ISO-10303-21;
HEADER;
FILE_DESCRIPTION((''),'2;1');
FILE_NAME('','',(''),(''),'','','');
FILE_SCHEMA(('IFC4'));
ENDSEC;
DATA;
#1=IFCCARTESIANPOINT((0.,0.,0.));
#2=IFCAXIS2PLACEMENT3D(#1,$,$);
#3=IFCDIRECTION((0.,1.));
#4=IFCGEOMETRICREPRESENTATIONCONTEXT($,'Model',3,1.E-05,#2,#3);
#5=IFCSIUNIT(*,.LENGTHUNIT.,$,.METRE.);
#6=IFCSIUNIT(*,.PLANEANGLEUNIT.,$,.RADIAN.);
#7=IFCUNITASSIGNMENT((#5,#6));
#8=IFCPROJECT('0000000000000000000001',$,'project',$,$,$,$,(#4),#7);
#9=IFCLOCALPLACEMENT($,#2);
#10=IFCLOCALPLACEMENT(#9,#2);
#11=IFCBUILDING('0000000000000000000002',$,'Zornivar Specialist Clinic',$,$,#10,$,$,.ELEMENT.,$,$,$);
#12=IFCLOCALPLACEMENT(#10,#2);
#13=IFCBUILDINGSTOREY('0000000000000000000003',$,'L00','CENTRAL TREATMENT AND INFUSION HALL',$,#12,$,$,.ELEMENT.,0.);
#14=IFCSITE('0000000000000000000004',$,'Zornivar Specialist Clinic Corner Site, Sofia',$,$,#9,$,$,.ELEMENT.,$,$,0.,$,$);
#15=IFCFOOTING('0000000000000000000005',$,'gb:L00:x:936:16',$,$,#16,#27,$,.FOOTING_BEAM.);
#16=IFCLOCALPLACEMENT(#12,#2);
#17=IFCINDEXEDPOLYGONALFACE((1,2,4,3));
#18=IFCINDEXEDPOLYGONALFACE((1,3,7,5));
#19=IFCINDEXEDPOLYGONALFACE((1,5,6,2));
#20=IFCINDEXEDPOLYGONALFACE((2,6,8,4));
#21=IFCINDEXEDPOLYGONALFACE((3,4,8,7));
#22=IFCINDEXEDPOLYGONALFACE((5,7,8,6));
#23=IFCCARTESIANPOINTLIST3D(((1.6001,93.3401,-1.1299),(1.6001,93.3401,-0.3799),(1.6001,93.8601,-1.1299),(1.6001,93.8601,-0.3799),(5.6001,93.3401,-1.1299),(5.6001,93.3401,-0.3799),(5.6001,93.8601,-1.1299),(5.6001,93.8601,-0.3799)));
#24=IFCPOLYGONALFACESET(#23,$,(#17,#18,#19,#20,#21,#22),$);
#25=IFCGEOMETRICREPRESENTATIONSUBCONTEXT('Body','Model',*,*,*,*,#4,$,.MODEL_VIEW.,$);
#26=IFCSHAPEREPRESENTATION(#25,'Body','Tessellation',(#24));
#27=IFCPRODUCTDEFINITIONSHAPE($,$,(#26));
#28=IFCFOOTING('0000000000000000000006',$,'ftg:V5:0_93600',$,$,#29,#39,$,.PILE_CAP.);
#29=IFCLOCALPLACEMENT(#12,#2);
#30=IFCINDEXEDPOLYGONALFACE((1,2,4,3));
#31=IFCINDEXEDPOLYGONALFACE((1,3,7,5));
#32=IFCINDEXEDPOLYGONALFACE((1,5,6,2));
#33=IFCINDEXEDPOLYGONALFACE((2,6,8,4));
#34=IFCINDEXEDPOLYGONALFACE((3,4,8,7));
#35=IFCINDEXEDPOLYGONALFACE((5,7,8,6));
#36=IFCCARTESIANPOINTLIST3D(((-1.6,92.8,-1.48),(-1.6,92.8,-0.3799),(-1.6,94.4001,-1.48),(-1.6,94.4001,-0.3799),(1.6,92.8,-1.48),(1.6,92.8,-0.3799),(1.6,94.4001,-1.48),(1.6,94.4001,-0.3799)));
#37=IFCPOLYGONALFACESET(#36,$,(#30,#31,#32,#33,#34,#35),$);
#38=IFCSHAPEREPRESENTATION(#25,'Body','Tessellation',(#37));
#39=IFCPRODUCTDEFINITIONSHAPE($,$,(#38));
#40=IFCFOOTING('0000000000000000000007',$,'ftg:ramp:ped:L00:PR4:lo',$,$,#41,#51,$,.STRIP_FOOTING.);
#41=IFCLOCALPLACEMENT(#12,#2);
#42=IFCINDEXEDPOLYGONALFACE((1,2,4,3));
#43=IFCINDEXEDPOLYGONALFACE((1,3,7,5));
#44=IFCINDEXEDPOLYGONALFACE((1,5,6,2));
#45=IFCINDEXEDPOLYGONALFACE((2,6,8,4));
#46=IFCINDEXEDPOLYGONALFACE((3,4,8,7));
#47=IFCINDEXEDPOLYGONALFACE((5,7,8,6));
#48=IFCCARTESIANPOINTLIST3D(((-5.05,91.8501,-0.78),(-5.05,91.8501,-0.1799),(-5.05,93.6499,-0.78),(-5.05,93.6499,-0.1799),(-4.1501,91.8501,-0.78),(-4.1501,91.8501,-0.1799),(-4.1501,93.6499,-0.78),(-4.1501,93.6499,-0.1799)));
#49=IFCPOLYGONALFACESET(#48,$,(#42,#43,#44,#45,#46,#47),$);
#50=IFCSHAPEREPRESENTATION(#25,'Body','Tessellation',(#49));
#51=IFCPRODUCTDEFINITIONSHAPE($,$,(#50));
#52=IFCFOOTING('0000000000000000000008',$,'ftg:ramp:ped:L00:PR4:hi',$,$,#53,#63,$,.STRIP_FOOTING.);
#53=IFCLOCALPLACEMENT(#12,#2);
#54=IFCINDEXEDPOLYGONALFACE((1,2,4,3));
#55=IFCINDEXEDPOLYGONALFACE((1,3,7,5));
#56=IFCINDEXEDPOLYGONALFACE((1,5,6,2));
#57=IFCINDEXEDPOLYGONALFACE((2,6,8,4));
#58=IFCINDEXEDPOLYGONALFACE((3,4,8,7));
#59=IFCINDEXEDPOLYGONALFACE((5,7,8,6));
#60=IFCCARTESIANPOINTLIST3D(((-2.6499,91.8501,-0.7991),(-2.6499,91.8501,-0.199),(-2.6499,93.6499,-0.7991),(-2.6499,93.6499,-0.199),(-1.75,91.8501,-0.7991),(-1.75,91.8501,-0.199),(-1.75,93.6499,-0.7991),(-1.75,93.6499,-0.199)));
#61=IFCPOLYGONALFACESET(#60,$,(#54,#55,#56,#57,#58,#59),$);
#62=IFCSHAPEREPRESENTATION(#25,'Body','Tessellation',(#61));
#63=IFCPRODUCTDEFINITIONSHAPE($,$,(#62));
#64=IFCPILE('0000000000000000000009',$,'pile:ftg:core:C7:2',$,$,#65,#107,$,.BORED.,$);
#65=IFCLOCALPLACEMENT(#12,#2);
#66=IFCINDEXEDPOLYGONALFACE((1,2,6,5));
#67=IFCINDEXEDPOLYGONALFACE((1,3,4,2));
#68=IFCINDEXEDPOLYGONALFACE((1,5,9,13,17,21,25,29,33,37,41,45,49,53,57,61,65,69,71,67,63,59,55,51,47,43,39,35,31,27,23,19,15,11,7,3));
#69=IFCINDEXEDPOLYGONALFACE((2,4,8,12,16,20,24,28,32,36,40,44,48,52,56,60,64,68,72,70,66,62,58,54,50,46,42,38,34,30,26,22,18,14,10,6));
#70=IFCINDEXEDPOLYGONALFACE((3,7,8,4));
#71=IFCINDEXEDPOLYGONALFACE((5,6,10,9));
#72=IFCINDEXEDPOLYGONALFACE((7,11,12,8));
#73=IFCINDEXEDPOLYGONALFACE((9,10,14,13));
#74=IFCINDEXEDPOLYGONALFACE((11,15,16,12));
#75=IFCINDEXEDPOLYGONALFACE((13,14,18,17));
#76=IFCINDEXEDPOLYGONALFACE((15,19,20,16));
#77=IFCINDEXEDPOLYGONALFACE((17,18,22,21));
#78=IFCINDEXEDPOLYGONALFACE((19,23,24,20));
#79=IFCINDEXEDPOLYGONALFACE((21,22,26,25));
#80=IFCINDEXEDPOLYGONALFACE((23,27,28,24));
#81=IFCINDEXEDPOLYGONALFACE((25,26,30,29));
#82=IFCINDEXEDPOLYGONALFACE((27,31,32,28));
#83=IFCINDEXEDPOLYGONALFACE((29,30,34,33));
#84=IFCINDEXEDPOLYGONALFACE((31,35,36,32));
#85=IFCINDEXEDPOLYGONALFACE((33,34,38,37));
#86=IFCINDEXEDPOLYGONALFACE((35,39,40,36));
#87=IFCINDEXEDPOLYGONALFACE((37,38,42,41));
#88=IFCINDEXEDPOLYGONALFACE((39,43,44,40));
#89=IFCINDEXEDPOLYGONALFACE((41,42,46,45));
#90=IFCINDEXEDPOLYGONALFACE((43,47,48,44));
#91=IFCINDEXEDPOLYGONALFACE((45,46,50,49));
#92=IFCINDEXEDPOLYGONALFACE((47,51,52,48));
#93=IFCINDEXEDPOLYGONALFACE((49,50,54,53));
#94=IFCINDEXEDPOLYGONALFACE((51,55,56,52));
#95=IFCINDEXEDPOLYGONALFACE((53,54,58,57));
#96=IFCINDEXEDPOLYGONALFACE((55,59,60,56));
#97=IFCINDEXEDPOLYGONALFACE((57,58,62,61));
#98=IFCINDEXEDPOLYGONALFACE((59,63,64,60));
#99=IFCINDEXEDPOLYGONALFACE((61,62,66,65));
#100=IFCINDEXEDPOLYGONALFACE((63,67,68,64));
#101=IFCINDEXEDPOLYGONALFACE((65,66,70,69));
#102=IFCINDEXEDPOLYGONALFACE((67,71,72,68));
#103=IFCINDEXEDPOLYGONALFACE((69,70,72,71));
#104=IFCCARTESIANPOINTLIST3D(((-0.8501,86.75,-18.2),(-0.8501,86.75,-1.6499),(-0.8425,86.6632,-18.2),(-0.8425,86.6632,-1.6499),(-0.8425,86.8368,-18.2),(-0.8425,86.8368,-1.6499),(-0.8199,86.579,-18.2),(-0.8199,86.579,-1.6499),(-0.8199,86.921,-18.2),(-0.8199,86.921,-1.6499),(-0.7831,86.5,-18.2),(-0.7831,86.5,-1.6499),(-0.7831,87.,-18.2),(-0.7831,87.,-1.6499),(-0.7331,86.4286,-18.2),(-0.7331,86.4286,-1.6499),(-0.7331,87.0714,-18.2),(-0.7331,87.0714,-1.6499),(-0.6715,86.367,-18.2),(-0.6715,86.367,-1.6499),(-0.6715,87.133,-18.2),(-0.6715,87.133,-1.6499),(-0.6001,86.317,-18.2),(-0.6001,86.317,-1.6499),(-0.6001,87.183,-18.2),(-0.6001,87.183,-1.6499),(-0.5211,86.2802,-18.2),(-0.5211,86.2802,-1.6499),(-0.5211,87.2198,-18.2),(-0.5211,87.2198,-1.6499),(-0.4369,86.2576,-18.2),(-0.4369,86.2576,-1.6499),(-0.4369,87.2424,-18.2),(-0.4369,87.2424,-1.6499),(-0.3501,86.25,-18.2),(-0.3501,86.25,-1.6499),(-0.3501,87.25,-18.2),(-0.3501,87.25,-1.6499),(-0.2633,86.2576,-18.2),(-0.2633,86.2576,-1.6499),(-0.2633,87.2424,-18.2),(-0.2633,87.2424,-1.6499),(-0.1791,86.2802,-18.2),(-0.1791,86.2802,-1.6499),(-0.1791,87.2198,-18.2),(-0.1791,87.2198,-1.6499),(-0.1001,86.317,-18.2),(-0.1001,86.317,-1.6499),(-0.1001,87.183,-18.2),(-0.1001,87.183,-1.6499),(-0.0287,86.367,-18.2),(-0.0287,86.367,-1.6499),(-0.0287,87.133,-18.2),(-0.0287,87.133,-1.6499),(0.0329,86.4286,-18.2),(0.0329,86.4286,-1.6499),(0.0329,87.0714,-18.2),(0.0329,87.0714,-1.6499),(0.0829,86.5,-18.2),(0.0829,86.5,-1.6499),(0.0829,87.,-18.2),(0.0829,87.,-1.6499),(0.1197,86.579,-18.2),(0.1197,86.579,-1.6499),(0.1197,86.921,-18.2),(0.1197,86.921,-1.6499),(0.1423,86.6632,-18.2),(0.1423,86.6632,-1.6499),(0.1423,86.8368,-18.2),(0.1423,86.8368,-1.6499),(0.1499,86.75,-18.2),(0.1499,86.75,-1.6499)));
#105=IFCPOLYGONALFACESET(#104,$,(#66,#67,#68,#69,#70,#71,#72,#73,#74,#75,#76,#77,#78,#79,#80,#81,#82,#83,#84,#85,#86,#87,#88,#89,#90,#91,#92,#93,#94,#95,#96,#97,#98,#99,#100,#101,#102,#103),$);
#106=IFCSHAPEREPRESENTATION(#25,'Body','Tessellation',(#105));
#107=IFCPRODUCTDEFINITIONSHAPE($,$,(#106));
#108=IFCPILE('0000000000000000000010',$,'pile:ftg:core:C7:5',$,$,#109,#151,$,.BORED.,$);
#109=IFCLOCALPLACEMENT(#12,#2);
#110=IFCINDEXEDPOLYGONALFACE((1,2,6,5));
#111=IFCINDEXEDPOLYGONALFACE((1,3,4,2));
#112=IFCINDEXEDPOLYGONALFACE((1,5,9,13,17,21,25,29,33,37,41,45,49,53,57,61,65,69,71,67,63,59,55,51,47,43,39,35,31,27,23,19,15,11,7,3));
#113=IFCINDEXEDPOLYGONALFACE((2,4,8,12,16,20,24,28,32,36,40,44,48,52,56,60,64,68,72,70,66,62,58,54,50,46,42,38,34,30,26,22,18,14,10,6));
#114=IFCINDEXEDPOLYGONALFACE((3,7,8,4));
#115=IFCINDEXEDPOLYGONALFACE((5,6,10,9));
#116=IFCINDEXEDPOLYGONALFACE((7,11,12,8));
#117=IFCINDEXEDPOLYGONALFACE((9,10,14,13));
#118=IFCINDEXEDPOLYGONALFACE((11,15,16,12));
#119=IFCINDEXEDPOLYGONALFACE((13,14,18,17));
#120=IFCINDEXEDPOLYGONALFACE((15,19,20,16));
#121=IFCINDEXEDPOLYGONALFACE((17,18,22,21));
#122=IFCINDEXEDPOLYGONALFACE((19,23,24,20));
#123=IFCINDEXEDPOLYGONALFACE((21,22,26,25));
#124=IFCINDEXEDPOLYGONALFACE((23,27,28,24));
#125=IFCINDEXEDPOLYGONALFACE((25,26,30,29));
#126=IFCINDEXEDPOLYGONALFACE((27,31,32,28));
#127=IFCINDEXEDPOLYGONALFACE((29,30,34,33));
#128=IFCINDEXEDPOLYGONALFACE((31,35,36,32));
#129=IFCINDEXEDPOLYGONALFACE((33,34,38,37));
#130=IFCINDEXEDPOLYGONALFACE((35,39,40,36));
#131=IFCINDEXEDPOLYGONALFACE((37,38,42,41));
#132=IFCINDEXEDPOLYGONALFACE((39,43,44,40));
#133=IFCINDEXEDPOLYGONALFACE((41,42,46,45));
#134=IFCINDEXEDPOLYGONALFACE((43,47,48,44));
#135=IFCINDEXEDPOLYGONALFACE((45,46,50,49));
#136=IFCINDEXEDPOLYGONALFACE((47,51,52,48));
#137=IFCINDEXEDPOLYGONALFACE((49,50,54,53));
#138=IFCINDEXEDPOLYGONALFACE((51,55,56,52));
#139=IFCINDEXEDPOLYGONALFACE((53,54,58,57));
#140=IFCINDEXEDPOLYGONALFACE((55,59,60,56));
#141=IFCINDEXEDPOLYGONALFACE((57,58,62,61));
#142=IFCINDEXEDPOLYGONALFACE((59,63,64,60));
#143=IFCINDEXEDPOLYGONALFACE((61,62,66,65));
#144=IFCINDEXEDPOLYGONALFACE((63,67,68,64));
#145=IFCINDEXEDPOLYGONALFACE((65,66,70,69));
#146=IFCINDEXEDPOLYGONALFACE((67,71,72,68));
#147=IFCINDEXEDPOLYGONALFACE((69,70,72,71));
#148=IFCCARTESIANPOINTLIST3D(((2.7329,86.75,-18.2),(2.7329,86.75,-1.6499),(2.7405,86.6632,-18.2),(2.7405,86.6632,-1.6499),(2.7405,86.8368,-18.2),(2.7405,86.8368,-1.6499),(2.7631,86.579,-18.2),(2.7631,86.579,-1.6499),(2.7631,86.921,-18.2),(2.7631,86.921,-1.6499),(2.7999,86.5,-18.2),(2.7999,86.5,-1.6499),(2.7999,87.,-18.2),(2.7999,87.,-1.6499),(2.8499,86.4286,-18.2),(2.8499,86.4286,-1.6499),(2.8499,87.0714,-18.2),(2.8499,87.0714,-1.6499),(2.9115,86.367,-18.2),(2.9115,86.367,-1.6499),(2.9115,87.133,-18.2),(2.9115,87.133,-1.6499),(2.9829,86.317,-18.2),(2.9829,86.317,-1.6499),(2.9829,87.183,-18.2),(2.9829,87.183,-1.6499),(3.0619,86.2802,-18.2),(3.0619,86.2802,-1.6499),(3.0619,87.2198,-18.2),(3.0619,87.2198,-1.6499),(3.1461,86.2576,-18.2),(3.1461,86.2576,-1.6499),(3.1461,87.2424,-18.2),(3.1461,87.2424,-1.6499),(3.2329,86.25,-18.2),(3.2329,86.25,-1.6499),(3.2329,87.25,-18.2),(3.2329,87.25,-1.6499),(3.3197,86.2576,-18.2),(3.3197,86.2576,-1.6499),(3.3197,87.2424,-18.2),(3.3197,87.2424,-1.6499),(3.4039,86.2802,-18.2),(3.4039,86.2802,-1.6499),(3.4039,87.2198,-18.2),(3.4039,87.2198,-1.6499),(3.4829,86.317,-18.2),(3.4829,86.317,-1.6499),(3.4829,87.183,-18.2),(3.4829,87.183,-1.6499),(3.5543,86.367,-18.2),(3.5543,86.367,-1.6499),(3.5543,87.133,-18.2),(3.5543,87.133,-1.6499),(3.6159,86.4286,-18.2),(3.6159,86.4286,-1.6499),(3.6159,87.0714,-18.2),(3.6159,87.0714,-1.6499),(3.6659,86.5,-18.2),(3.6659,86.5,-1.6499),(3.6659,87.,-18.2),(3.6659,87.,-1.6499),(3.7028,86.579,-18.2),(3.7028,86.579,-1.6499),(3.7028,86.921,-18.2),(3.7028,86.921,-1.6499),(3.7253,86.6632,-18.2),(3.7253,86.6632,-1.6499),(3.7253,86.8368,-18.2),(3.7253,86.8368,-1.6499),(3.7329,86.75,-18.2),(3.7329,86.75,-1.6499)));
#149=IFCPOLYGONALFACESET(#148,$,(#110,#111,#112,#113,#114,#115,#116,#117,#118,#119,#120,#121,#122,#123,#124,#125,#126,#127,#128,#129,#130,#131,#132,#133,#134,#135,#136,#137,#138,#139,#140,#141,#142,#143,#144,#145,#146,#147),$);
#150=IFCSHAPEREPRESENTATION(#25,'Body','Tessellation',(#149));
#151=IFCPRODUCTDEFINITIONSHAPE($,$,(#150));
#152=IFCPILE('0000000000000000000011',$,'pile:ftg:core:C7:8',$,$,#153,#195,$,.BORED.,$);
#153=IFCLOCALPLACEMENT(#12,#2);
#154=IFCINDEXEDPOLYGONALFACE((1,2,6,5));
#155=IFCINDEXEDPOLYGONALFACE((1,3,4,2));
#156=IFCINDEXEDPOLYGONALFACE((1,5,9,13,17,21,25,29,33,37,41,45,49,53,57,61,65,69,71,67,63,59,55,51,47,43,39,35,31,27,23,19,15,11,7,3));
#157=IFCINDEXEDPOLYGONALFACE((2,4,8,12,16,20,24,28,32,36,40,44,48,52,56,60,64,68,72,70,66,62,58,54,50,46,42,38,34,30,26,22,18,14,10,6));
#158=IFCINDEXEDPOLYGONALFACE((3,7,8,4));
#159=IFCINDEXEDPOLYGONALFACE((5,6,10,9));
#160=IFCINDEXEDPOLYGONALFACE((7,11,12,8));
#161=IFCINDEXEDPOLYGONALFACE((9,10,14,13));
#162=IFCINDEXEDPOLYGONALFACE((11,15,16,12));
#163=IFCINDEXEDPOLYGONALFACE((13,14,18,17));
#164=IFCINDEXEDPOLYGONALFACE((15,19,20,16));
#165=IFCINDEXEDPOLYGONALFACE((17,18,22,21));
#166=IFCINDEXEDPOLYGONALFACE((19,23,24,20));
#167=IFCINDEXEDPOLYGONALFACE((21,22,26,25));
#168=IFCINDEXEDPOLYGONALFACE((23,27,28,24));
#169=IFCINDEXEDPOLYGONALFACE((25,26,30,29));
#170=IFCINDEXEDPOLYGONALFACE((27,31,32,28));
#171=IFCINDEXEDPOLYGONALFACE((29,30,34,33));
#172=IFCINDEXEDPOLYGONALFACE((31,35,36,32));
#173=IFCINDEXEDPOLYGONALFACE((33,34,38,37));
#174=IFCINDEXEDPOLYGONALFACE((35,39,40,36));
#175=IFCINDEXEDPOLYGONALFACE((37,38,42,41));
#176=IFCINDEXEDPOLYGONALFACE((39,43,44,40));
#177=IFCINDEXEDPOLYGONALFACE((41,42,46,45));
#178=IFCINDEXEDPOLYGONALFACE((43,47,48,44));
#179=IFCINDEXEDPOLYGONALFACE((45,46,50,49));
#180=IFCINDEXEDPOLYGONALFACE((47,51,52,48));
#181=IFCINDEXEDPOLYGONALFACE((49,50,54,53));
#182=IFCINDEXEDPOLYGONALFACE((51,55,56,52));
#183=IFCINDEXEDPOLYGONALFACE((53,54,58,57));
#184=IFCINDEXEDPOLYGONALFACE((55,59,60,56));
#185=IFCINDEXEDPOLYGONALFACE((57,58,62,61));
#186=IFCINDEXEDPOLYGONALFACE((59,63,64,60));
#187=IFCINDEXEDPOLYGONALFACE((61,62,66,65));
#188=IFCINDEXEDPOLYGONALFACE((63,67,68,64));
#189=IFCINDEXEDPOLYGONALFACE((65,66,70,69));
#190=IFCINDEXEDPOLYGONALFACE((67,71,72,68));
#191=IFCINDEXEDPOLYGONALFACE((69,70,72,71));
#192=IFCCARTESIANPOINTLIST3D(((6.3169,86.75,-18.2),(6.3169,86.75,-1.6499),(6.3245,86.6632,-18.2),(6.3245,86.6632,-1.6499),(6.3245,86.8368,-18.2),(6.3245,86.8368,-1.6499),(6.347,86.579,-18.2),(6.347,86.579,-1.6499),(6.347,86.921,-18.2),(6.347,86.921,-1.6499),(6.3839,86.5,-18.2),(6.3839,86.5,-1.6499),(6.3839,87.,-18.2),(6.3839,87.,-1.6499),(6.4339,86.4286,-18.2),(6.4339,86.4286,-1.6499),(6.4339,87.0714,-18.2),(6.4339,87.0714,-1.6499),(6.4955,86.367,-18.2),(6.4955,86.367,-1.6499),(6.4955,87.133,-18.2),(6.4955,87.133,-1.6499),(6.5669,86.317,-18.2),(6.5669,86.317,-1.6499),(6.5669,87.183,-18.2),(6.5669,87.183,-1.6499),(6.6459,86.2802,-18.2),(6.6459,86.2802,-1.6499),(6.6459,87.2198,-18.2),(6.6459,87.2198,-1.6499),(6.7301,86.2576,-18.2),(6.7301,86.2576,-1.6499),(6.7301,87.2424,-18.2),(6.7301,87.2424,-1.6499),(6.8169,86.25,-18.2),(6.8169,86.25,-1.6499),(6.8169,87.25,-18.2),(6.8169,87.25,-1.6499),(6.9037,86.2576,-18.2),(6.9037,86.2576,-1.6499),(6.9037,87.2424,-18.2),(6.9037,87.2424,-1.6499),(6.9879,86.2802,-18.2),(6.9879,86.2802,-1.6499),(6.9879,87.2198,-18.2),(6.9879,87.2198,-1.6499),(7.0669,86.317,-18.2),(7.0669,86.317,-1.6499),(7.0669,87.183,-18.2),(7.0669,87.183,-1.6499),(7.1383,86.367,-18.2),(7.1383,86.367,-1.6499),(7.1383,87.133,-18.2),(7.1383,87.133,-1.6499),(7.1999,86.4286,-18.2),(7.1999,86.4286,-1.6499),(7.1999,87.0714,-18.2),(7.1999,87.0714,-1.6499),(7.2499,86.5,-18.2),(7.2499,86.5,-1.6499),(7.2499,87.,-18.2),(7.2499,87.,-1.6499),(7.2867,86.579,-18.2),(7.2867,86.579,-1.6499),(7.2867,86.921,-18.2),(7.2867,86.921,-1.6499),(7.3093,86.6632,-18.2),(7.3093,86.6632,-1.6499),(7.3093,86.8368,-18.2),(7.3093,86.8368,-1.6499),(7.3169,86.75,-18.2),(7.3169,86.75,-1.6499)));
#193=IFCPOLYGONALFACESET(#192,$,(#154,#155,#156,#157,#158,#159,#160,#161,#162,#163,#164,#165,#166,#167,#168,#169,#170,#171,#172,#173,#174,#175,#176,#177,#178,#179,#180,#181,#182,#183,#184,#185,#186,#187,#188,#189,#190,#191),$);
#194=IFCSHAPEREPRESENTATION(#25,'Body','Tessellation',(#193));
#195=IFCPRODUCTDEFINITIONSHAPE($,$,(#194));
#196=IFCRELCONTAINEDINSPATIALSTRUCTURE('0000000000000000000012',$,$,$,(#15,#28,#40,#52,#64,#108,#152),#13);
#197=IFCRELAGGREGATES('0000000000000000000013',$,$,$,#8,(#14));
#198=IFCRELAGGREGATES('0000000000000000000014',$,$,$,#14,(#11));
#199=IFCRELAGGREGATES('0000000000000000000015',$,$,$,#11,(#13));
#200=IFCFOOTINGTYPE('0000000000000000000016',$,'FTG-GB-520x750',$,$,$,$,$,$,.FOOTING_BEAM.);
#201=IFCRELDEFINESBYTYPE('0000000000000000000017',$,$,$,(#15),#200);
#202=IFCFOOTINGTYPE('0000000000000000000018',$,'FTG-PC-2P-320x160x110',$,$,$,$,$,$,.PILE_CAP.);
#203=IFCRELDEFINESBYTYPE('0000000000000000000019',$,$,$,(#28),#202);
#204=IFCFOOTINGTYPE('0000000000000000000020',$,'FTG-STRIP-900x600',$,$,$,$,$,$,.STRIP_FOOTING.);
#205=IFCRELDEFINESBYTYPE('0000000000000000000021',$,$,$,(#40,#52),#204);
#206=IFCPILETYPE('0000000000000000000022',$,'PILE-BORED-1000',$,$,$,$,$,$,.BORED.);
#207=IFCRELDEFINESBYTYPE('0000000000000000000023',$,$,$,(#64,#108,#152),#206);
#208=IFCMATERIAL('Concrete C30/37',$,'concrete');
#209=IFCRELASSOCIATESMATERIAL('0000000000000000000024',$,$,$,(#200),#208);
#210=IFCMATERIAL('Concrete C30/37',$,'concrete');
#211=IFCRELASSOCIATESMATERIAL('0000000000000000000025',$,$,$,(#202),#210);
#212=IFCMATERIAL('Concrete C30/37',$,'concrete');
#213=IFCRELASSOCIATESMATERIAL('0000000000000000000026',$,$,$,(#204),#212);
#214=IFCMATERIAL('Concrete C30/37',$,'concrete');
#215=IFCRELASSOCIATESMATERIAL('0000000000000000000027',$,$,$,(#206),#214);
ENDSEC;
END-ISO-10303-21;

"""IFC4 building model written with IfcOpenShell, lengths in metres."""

from ifc_helpers import new_model, si_unit, direction, frame, origin, origin_2d, place, context, subcontext, project, spatial, rectangle, circle, extrude, material, material_profile, profile_set, type_object, element, save


model = new_model("IFC4")

# Units and contexts
model_context = context("Model", 3, precision=1e-05, world=origin(), true_north=direction((0.0, 1.0)))
body_context = subcontext(model_context, "Body", "Model", "MODEL_VIEW")
ifc_project = project(units=[si_unit("LENGTHUNIT", "METRE"), si_unit("PLANEANGLEUNIT", "RADIAN")], contexts=[model_context])

# Site, building, storey
site_placement = place(None, origin())
site = spatial("IfcSite", under=ifc_project, at=site_placement, Name="Zornivar Specialist Clinic Corner Site, Sofia", CompositionType="ELEMENT", RefElevation=0.0)
building_placement = place(site_placement, origin())
building = spatial("IfcBuilding", under=site, at=building_placement, Name="Zornivar Specialist Clinic", CompositionType="ELEMENT")
storey_placement = place(building_placement, origin())
storey = spatial("IfcBuildingStorey", under=building, at=storey_placement, Name="L00", Description="CENTRAL TREATMENT AND INFUSION HALL", CompositionType="ELEMENT", Elevation=0.0)

# Footings
ifc_material_1 = material(Name="Concrete C30/37", Category="concrete")
ifc_material_profile_1 = material_profile(ifc_material_1, rectangle(XDim=0.52, YDim=0.75, at=origin_2d()), Name="RC 520x750")
ifc_profile_set_1 = profile_set([ifc_material_profile_1], Name="Concrete C30/37")
footing_type_1 = type_object("IfcFootingType", Name="FTG-GB-520x750", PredefinedType="FOOTING_BEAM", material=ifc_profile_set_1)
footing_1_placement = place(storey_placement, frame((1.6001, 93.6001, -0.7549), z_axis=(1.0, 0.0, 0.0), x_axis=(0.0, 1.0, 0.0)))
element("IfcFooting", 1, at=footing_1_placement, inside=storey, type_object=footing_type_1, Name="gb:L00:x:936:16", PredefinedType="FOOTING_BEAM", context=body_context, shape_type="SweptSolid", body=[
    extrude(rectangle(XDim=0.52, YDim=0.75, at=origin_2d()), origin(), (0.0, 0.0, 1.0), 4.0),
])
ifc_material_2 = material(Name="Concrete C30/37", Category="concrete")
footing_type_2 = type_object("IfcFootingType", Name="FTG-PC-2P-320x160x110", PredefinedType="PILE_CAP", material=ifc_material_2)
footing_2_placement = place(storey_placement, frame((0.0, 93.6001, -1.48), z_axis=(0.0, 0.0, 1.0), x_axis=(1.0, 0.0, 0.0)))
element("IfcFooting", 2, at=footing_2_placement, inside=storey, type_object=footing_type_2, Name="ftg:V5:0_93600", PredefinedType="PILE_CAP", context=body_context, shape_type="SweptSolid", body=[
    extrude(rectangle(XDim=3.2, YDim=1.6001, at=origin_2d()), origin(), (0.0, 0.0, 1.0), 1.1001),
])
ifc_material_3 = material(Name="Concrete C30/37", Category="concrete")
ifc_material_profile_2 = material_profile(ifc_material_3, rectangle(XDim=0.8999, YDim=0.6001, at=origin_2d()), Name="RC 900x600")
ifc_profile_set_2 = profile_set([ifc_material_profile_2], Name="Concrete C30/37")
footing_type_3 = type_object("IfcFootingType", Name="FTG-STRIP-900x600", PredefinedType="STRIP_FOOTING", material=ifc_profile_set_2)
for number, where, z_axis, x_axis, name in (
    (3, (-4.6001, 91.8501, -0.48), (0.0, 1.0, 0.0), (-1.0, 0.0, 0.0), "ftg:ramp:ped:L00:PR4:lo"),
    (4, (-2.2, 91.8501, -0.499), (0.0, 1.0, 0.0), (-1.0, 0.0, 0.0), "ftg:ramp:ped:L00:PR4:hi"),
):
    element("IfcFooting", number, at=place(storey_placement, frame(where, z_axis=z_axis, x_axis=x_axis)), inside=storey, type_object=footing_type_3, Name=name, PredefinedType="STRIP_FOOTING", context=body_context, shape_type="SweptSolid", body=[
        extrude(rectangle(XDim=0.8999, YDim=0.6001, at=origin_2d()), origin(), (0.0, 0.0, 1.0), 1.7998),
    ])

# Piles
ifc_material_4 = material(Name="Concrete C30/37", Category="concrete")
ifc_material_profile_3 = material_profile(ifc_material_4, circle(Radius=0.5, at=origin_2d()), Name="PILE D1000")
ifc_profile_set_3 = profile_set([ifc_material_profile_3], Name="Concrete C30/37")
pile_type_1 = type_object("IfcPileType", Name="PILE-BORED-1000", PredefinedType="BORED", material=ifc_profile_set_3)
for number, where, z_axis, x_axis, name in (
    (5, (-0.3501, 86.75, -1.6499), (0.0, 0.0, -1.0), (1.0, 0.0, 0.0), "pile:ftg:core:C7:2"),
    (6, (3.2329, 86.75, -1.6499), (0.0, 0.0, -1.0), (1.0, 0.0, 0.0), "pile:ftg:core:C7:5"),
    (7, (6.8169, 86.75, -1.6499), (0.0, 0.0, -1.0), (1.0, 0.0, 0.0), "pile:ftg:core:C7:8"),
):
    element("IfcPile", number, at=place(storey_placement, frame(where, z_axis=z_axis, x_axis=x_axis)), inside=storey, type_object=pile_type_1, Name=name, PredefinedType="BORED", context=body_context, shape_type="SweptSolid", body=[
        extrude(circle(Radius=0.5, at=origin_2d()), origin(), (0.0, 0.0, 1.0), 16.55),
    ])

save(model, "model.ifc")
